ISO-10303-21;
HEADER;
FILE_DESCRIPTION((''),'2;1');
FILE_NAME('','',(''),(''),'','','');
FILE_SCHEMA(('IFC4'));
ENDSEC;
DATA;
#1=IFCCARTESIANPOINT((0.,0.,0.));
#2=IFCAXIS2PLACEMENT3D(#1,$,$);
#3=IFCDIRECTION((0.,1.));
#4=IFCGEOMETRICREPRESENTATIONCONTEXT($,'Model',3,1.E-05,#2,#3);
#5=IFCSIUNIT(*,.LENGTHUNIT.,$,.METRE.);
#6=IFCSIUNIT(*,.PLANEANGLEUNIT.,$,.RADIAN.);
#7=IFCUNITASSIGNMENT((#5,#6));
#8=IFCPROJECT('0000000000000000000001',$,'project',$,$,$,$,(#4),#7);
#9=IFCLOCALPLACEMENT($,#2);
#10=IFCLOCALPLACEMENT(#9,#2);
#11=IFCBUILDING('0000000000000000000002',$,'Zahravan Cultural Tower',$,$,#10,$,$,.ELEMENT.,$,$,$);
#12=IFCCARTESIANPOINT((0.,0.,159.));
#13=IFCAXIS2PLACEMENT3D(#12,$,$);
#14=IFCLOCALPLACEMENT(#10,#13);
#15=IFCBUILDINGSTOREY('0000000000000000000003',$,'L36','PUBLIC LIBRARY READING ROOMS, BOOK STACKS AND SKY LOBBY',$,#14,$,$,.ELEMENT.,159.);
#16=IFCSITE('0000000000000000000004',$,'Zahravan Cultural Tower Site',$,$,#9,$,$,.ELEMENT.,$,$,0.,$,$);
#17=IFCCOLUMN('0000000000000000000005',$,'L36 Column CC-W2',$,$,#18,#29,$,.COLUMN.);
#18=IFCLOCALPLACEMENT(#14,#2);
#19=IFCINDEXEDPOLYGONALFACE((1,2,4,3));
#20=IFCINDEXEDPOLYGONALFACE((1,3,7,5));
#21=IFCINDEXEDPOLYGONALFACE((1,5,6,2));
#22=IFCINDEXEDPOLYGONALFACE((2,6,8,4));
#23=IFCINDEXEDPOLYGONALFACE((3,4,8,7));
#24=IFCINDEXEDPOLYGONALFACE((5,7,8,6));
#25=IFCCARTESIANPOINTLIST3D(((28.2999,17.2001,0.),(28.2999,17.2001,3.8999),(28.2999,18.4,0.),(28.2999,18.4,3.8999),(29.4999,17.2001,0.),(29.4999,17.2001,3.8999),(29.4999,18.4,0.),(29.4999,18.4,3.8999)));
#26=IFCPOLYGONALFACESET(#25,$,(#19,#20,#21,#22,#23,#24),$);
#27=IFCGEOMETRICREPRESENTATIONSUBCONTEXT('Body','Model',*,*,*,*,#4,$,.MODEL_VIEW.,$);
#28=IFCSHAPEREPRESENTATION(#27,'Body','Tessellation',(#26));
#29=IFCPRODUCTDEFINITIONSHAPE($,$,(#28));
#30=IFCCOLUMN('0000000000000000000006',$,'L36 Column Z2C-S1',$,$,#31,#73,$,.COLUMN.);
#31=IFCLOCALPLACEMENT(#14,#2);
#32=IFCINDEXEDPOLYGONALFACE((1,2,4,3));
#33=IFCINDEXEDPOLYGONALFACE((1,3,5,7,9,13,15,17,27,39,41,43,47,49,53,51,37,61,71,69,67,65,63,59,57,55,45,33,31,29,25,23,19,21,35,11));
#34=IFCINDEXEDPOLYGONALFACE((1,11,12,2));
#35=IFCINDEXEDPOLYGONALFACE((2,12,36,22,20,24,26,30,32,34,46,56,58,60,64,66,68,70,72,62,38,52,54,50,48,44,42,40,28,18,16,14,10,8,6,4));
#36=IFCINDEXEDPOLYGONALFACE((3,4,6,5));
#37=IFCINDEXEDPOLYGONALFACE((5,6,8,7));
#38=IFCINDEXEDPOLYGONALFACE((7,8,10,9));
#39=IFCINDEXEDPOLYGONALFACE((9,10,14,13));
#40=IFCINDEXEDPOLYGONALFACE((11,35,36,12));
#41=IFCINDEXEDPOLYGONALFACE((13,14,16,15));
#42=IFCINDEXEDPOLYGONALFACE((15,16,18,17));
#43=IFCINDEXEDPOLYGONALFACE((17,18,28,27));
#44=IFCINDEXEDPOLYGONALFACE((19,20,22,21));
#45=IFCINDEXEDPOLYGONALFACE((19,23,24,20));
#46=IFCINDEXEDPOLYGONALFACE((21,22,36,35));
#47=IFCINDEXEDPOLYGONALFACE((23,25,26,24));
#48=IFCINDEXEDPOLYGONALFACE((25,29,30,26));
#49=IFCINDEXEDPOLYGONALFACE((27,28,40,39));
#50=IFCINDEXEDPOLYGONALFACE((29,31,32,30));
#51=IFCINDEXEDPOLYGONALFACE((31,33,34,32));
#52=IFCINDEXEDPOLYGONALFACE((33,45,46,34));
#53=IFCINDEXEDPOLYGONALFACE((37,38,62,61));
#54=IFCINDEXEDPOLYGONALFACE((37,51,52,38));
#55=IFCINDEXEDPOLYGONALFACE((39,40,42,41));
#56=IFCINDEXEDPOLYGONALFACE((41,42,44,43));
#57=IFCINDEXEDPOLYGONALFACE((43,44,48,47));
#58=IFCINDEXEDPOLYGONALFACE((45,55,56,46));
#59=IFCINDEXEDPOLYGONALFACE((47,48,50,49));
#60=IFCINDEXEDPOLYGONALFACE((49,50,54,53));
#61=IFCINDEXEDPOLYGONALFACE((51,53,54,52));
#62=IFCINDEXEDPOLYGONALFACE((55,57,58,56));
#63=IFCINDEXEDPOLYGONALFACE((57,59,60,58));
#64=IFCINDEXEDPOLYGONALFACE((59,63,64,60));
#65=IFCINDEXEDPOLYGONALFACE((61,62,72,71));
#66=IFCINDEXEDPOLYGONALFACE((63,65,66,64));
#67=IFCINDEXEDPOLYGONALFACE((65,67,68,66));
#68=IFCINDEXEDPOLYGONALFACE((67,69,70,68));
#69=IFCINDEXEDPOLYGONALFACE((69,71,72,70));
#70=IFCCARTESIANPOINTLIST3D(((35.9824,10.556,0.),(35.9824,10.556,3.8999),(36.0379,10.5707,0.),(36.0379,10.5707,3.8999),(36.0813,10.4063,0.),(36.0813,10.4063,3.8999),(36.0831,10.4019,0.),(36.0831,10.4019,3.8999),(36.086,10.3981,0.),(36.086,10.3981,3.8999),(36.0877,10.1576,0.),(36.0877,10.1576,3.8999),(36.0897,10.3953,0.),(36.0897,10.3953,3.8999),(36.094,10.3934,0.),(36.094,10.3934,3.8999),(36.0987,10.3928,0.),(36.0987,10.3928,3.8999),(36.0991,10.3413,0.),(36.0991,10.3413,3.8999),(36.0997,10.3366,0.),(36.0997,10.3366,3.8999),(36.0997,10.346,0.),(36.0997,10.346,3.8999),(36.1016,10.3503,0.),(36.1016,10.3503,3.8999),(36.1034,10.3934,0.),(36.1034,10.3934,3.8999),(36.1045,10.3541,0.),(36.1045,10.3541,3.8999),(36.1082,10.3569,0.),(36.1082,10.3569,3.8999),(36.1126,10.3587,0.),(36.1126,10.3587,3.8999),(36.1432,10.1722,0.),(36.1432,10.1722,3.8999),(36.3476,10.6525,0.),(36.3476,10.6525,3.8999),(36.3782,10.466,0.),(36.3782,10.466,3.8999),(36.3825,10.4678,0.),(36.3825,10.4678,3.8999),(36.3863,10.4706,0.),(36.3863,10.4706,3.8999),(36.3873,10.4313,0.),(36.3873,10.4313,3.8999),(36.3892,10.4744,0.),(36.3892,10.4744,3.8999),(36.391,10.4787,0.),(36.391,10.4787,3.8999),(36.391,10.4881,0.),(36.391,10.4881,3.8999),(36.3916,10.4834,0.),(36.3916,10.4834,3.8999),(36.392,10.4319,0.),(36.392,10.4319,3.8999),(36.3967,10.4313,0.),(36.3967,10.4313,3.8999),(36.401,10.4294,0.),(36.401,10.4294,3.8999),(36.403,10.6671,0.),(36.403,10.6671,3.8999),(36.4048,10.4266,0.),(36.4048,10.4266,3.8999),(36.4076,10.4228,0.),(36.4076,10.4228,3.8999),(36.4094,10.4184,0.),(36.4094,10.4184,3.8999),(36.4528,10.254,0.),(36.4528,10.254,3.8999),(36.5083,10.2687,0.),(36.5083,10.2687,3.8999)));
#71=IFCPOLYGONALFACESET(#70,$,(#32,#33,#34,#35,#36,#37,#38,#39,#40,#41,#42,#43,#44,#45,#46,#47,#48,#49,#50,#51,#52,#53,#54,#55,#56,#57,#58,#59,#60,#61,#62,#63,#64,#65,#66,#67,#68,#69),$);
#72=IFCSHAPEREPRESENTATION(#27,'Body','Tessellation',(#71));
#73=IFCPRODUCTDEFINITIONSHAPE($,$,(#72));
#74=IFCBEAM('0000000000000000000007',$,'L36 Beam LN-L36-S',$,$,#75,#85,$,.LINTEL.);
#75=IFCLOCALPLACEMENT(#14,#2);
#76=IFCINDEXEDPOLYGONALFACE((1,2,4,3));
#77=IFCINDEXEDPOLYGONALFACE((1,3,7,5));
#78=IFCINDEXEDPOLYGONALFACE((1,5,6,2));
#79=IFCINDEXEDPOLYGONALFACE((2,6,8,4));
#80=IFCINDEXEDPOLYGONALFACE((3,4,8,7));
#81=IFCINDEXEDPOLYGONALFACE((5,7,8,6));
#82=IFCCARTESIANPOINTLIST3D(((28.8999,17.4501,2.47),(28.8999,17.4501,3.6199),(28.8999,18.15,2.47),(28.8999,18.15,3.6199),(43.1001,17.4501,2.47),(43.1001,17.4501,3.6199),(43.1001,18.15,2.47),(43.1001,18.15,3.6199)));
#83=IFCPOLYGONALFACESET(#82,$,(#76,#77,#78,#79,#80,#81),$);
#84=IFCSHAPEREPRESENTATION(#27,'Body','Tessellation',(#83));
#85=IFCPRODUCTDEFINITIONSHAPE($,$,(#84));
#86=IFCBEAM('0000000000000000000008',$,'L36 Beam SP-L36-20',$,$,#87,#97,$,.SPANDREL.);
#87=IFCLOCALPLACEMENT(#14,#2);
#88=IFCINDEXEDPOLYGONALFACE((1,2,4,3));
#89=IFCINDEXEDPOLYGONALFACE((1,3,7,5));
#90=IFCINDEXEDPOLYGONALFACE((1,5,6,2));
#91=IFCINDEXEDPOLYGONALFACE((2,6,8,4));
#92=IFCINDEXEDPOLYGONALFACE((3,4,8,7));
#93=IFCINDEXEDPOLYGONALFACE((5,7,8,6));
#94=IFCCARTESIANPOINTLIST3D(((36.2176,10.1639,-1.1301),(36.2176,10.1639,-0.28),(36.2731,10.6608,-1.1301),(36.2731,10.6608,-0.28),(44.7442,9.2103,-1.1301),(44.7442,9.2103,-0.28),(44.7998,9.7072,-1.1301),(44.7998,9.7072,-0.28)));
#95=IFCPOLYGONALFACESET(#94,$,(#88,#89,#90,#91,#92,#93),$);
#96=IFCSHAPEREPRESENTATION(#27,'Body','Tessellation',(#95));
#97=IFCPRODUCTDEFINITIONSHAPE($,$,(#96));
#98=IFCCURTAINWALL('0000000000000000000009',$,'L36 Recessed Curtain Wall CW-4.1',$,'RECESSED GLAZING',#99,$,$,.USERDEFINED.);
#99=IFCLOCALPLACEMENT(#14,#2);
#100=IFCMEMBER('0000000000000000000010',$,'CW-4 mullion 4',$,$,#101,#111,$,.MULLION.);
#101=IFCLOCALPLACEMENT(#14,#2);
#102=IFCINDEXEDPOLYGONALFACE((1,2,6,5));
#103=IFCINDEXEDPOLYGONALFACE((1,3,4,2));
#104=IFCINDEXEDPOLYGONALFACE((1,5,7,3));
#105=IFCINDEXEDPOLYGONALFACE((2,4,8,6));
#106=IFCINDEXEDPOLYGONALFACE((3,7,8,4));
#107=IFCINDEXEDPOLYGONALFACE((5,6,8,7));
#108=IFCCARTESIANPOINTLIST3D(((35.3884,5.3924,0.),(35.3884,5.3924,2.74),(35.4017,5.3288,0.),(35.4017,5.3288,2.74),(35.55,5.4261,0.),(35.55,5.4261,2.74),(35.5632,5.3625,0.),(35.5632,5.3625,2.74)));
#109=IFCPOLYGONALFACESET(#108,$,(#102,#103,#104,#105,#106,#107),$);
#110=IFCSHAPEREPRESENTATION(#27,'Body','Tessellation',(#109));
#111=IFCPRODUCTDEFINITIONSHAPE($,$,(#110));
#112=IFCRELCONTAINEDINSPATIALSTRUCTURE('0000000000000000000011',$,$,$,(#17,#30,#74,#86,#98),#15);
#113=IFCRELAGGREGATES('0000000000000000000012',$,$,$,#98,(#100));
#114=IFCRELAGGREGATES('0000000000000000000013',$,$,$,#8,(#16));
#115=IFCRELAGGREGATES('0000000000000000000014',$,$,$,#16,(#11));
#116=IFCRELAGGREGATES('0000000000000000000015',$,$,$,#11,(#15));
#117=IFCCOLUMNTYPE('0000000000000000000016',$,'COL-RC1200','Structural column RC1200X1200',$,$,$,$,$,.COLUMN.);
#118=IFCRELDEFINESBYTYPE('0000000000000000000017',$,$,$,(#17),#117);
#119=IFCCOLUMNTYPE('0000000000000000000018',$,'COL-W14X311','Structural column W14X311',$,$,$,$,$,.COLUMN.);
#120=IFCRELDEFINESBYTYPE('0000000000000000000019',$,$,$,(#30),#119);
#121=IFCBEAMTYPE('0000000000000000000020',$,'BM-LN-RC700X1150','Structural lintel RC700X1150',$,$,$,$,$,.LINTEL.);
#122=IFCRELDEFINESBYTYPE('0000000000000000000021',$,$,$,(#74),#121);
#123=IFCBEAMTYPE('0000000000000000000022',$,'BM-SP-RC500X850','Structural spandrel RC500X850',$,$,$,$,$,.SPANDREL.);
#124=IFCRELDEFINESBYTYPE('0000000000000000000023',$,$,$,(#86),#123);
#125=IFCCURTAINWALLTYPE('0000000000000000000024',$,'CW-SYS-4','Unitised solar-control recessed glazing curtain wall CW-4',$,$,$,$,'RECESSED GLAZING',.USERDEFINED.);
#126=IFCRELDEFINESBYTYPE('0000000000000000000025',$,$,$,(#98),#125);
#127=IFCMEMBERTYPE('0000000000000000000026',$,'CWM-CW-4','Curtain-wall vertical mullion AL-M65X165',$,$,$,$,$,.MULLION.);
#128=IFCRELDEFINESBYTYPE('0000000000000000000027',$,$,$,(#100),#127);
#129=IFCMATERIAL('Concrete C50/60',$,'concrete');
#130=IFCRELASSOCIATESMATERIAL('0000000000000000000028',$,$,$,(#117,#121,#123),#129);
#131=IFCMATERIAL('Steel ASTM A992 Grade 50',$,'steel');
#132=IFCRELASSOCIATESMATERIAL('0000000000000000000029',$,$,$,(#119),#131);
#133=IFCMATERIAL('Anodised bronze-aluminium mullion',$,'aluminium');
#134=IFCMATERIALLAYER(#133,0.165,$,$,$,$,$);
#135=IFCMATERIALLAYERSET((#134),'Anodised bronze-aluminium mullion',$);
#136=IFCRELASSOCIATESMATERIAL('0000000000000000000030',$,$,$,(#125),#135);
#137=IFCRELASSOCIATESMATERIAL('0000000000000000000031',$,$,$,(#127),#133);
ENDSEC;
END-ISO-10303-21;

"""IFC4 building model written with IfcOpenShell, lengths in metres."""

from ifc_helpers import new_model, si_unit, direction, frame, origin, origin_2d, place, context, subcontext, project, spatial, rectangle, i_section, extrude, source, transform, mapped, material, layer, layer_set, material_profile, profile_set, type_object, element, aggregate, save


model = new_model("IFC4")

# Units and contexts
model_context = context("Model", 3, precision=1e-05, world=origin(), true_north=direction((0.0, 1.0)))
body_context = subcontext(model_context, "Body", "Model", "MODEL_VIEW")
ifc_project = project(units=[si_unit("LENGTHUNIT", "METRE"), si_unit("PLANEANGLEUNIT", "RADIAN")], contexts=[model_context])

# Site, building, storey
site_placement = place(None, origin())
site = spatial("IfcSite", under=ifc_project, at=site_placement, Name="Zahravan Cultural Tower Site", CompositionType="ELEMENT", RefElevation=0.0)
building_placement = place(site_placement, origin())
building = spatial("IfcBuilding", under=site, at=building_placement, Name="Zahravan Cultural Tower", CompositionType="ELEMENT")
storey_placement = place(building_placement, frame((0.0, 0.0, 159.0)))
storey = spatial("IfcBuildingStorey", under=building, at=storey_placement, Name="L36", Description="PUBLIC LIBRARY READING ROOMS, BOOK STACKS AND SKY LOBBY", CompositionType="ELEMENT", Elevation=159.0)

# Columns
ifc_material_1 = material(Name="Concrete C50/60", Category="concrete")
ifc_material_profile_1 = material_profile(ifc_material_1, rectangle(XDim=1.2, YDim=1.2, at=origin_2d()), Name="RC1200X1200")
ifc_profile_set_1 = profile_set([ifc_material_profile_1], Name="Concrete C50/60")
column_type_1 = type_object("IfcColumnType", Name="COL-RC1200", Description="Structural column RC1200X1200", PredefinedType="COLUMN", material=ifc_profile_set_1)
shared_shape_1 = source(origin(), body_context, "Body", "SweptSolid", [
    extrude(rectangle(XDim=1.2, YDim=1.2, at=origin_2d()), origin(), (0.0, 0.0, 1.0), 3.8999),
])
column_1_placement = place(storey_placement, frame((28.8999, 17.8, 0.0), z_axis=(0.0, 0.0, 1.0), x_axis=(1.0, 0.0, 0.0)))
element("IfcColumn", 1, at=column_1_placement, inside=storey, type_object=column_type_1, Name="L36 Column CC-W2", PredefinedType="COLUMN", context=body_context, shape_type="MappedRepresentation", body=[
    mapped(shared_shape_1, transform((0.0, 0.0, 0.0), x_axis=(1.0, 0.0, 0.0), y_axis=(0.0, 1.0, 0.0), z_axis=(0.0, 0.0, 1.0), scale=1.0)),
])
ifc_material_2 = material(Name="Steel ASTM A992 Grade 50", Category="steel")
ifc_material_profile_2 = material_profile(ifc_material_2, i_section(OverallWidth=0.4121, OverallDepth=0.4351, WebThickness=0.0359, FlangeThickness=0.0574, FilletRadius=0.0181, at=origin_2d()), Name="W14X311")
ifc_profile_set_2 = profile_set([ifc_material_profile_2], Name="Steel ASTM A992 Grade 50")
column_type_2 = type_object("IfcColumnType", Name="COL-W14X311", Description="Structural column W14X311", PredefinedType="COLUMN", material=ifc_profile_set_2)
shared_shape_2 = source(origin(), body_context, "Body", "SweptSolid", [
    extrude(i_section(OverallWidth=0.4121, OverallDepth=0.4351, WebThickness=0.0359, FlangeThickness=0.0574, FilletRadius=0.0181, at=origin_2d()), origin(), (0.0, 0.0, 1.0), 3.8999),
])
column_2_placement = place(storey_placement, frame((36.2454, 10.4124, 0.0), z_axis=(0.0, 0.0, 1.0), x_axis=(-0.255446, 0.966823, 0.0)))
element("IfcColumn", 2, at=column_2_placement, inside=storey, type_object=column_type_2, Name="L36 Column Z2C-S1", PredefinedType="COLUMN", context=body_context, shape_type="MappedRepresentation", body=[
    mapped(shared_shape_2, transform((0.0, 0.0, 0.0), x_axis=(1.0, 0.0, 0.0), y_axis=(0.0, 1.0, 0.0), z_axis=(0.0, 0.0, 1.0), scale=1.0)),
])

# Beams
ifc_material_profile_3 = material_profile(ifc_material_1, rectangle(XDim=0.7, YDim=1.1499, at=origin_2d()), Name="RC700X1150")
ifc_profile_set_3 = profile_set([ifc_material_profile_3], Name="Concrete C50/60")
beam_type_1 = type_object("IfcBeamType", Name="BM-LN-RC700X1150", Description="Structural lintel RC700X1150", PredefinedType="LINTEL", material=ifc_profile_set_3)
shared_shape_3 = source(origin(), body_context, "Body", "SweptSolid", [
    extrude(rectangle(XDim=0.7, YDim=1.1499, at=origin_2d()), origin(), (0.0, 0.0, 1.0), 14.2002),
])
beam_1_placement = place(storey_placement, frame((28.8999, 17.8, 3.0449), z_axis=(1.0, 0.0, 0.0), x_axis=(0.0, 1.0, 0.0)))
element("IfcBeam", 3, at=beam_1_placement, inside=storey, type_object=beam_type_1, Name="L36 Beam LN-L36-S", PredefinedType="LINTEL", context=body_context, shape_type="MappedRepresentation", body=[
    mapped(shared_shape_3, transform((0.0, 0.0, 0.0), x_axis=(1.0, 0.0, 0.0), y_axis=(0.0, 1.0, 0.0), z_axis=(0.0, 0.0, 1.0), scale=1.0)),
])
ifc_material_profile_4 = material_profile(ifc_material_1, rectangle(XDim=0.5, YDim=0.8501, at=origin_2d()), Name="RC500X850")
ifc_profile_set_4 = profile_set([ifc_material_profile_4], Name="Concrete C50/60")
beam_type_2 = type_object("IfcBeamType", Name="BM-SP-RC500X850", Description="Structural spandrel RC500X850", PredefinedType="SPANDREL", material=ifc_profile_set_4)
shared_shape_4 = source(origin(), body_context, "Body", "SweptSolid", [
    extrude(rectangle(XDim=0.5, YDim=0.8501, at=origin_2d()), origin(), (0.0, 0.0, 1.0), 8.5798),
])
beam_2_placement = place(storey_placement, frame((36.2454, 10.4124, -0.7051), z_axis=(0.993804, -0.111147, 0.0), x_axis=(0.111147, 0.993804, 0.0)))
element("IfcBeam", 4, at=beam_2_placement, inside=storey, type_object=beam_type_2, Name="L36 Beam SP-L36-20", PredefinedType="SPANDREL", context=body_context, shape_type="MappedRepresentation", body=[
    mapped(shared_shape_4, transform((0.0, 0.0, 0.0), x_axis=(1.0, 0.0, 0.0), y_axis=(0.0, 1.0, 0.0), z_axis=(0.0, 0.0, 1.0), scale=1.0)),
])

# Curtain wall, member
ifc_material_3 = material(Name="Anodised bronze-aluminium mullion", Category="aluminium")
ifc_layer_1 = layer(ifc_material_3, 0.165)
ifc_layer_set_1 = layer_set([ifc_layer_1], Name="Anodised bronze-aluminium mullion")
curtain_wall_type = type_object("IfcCurtainWallType", Name="CW-SYS-4", Description="Unitised solar-control recessed glazing curtain wall CW-4", ElementType="RECESSED GLAZING", PredefinedType="USERDEFINED", material=ifc_layer_set_1)
curtain_wall_placement = place(storey_placement, origin())
curtain_wall = element("IfcCurtainWall", 5, at=curtain_wall_placement, inside=storey, type_object=curtain_wall_type, Name="L36 Recessed Curtain Wall CW-4.1", ObjectType="RECESSED GLAZING", PredefinedType="USERDEFINED")
ifc_material_profile_5 = material_profile(ifc_material_3, rectangle(XDim=0.0649, YDim=0.165, at=origin_2d()), Name="AL-M65X165")
ifc_profile_set_5 = profile_set([ifc_material_profile_5], Name="Anodised bronze-aluminium mullion")
member_type = type_object("IfcMemberType", Name="CWM-CW-4", Description="Curtain-wall vertical mullion AL-M65X165", PredefinedType="MULLION", material=ifc_profile_set_5)
shared_shape_5 = source(origin(), body_context, "Body", "SweptSolid", [
    extrude(rectangle(XDim=0.0649, YDim=0.165, at=origin_2d()), origin(), (0.0, 0.0, 1.0), 2.74),
])
member_placement = place(storey_placement, frame((35.4758, 5.3774, 0.0), z_axis=(0.0, 0.0, 1.0), x_axis=(0.204162, -0.978937, 0.0)))
member = element("IfcMember", 6, at=member_placement, type_object=member_type, Name="CW-4 mullion 4", PredefinedType="MULLION", context=body_context, shape_type="MappedRepresentation", body=[
    mapped(shared_shape_5, transform((0.0, 0.0, 0.0), x_axis=(1.0, 0.0, 0.0), y_axis=(0.0, 1.0, 0.0), z_axis=(0.0, 0.0, 1.0), scale=1.0)),
])
aggregate(curtain_wall, [member])

save(model, "model.ifc")
